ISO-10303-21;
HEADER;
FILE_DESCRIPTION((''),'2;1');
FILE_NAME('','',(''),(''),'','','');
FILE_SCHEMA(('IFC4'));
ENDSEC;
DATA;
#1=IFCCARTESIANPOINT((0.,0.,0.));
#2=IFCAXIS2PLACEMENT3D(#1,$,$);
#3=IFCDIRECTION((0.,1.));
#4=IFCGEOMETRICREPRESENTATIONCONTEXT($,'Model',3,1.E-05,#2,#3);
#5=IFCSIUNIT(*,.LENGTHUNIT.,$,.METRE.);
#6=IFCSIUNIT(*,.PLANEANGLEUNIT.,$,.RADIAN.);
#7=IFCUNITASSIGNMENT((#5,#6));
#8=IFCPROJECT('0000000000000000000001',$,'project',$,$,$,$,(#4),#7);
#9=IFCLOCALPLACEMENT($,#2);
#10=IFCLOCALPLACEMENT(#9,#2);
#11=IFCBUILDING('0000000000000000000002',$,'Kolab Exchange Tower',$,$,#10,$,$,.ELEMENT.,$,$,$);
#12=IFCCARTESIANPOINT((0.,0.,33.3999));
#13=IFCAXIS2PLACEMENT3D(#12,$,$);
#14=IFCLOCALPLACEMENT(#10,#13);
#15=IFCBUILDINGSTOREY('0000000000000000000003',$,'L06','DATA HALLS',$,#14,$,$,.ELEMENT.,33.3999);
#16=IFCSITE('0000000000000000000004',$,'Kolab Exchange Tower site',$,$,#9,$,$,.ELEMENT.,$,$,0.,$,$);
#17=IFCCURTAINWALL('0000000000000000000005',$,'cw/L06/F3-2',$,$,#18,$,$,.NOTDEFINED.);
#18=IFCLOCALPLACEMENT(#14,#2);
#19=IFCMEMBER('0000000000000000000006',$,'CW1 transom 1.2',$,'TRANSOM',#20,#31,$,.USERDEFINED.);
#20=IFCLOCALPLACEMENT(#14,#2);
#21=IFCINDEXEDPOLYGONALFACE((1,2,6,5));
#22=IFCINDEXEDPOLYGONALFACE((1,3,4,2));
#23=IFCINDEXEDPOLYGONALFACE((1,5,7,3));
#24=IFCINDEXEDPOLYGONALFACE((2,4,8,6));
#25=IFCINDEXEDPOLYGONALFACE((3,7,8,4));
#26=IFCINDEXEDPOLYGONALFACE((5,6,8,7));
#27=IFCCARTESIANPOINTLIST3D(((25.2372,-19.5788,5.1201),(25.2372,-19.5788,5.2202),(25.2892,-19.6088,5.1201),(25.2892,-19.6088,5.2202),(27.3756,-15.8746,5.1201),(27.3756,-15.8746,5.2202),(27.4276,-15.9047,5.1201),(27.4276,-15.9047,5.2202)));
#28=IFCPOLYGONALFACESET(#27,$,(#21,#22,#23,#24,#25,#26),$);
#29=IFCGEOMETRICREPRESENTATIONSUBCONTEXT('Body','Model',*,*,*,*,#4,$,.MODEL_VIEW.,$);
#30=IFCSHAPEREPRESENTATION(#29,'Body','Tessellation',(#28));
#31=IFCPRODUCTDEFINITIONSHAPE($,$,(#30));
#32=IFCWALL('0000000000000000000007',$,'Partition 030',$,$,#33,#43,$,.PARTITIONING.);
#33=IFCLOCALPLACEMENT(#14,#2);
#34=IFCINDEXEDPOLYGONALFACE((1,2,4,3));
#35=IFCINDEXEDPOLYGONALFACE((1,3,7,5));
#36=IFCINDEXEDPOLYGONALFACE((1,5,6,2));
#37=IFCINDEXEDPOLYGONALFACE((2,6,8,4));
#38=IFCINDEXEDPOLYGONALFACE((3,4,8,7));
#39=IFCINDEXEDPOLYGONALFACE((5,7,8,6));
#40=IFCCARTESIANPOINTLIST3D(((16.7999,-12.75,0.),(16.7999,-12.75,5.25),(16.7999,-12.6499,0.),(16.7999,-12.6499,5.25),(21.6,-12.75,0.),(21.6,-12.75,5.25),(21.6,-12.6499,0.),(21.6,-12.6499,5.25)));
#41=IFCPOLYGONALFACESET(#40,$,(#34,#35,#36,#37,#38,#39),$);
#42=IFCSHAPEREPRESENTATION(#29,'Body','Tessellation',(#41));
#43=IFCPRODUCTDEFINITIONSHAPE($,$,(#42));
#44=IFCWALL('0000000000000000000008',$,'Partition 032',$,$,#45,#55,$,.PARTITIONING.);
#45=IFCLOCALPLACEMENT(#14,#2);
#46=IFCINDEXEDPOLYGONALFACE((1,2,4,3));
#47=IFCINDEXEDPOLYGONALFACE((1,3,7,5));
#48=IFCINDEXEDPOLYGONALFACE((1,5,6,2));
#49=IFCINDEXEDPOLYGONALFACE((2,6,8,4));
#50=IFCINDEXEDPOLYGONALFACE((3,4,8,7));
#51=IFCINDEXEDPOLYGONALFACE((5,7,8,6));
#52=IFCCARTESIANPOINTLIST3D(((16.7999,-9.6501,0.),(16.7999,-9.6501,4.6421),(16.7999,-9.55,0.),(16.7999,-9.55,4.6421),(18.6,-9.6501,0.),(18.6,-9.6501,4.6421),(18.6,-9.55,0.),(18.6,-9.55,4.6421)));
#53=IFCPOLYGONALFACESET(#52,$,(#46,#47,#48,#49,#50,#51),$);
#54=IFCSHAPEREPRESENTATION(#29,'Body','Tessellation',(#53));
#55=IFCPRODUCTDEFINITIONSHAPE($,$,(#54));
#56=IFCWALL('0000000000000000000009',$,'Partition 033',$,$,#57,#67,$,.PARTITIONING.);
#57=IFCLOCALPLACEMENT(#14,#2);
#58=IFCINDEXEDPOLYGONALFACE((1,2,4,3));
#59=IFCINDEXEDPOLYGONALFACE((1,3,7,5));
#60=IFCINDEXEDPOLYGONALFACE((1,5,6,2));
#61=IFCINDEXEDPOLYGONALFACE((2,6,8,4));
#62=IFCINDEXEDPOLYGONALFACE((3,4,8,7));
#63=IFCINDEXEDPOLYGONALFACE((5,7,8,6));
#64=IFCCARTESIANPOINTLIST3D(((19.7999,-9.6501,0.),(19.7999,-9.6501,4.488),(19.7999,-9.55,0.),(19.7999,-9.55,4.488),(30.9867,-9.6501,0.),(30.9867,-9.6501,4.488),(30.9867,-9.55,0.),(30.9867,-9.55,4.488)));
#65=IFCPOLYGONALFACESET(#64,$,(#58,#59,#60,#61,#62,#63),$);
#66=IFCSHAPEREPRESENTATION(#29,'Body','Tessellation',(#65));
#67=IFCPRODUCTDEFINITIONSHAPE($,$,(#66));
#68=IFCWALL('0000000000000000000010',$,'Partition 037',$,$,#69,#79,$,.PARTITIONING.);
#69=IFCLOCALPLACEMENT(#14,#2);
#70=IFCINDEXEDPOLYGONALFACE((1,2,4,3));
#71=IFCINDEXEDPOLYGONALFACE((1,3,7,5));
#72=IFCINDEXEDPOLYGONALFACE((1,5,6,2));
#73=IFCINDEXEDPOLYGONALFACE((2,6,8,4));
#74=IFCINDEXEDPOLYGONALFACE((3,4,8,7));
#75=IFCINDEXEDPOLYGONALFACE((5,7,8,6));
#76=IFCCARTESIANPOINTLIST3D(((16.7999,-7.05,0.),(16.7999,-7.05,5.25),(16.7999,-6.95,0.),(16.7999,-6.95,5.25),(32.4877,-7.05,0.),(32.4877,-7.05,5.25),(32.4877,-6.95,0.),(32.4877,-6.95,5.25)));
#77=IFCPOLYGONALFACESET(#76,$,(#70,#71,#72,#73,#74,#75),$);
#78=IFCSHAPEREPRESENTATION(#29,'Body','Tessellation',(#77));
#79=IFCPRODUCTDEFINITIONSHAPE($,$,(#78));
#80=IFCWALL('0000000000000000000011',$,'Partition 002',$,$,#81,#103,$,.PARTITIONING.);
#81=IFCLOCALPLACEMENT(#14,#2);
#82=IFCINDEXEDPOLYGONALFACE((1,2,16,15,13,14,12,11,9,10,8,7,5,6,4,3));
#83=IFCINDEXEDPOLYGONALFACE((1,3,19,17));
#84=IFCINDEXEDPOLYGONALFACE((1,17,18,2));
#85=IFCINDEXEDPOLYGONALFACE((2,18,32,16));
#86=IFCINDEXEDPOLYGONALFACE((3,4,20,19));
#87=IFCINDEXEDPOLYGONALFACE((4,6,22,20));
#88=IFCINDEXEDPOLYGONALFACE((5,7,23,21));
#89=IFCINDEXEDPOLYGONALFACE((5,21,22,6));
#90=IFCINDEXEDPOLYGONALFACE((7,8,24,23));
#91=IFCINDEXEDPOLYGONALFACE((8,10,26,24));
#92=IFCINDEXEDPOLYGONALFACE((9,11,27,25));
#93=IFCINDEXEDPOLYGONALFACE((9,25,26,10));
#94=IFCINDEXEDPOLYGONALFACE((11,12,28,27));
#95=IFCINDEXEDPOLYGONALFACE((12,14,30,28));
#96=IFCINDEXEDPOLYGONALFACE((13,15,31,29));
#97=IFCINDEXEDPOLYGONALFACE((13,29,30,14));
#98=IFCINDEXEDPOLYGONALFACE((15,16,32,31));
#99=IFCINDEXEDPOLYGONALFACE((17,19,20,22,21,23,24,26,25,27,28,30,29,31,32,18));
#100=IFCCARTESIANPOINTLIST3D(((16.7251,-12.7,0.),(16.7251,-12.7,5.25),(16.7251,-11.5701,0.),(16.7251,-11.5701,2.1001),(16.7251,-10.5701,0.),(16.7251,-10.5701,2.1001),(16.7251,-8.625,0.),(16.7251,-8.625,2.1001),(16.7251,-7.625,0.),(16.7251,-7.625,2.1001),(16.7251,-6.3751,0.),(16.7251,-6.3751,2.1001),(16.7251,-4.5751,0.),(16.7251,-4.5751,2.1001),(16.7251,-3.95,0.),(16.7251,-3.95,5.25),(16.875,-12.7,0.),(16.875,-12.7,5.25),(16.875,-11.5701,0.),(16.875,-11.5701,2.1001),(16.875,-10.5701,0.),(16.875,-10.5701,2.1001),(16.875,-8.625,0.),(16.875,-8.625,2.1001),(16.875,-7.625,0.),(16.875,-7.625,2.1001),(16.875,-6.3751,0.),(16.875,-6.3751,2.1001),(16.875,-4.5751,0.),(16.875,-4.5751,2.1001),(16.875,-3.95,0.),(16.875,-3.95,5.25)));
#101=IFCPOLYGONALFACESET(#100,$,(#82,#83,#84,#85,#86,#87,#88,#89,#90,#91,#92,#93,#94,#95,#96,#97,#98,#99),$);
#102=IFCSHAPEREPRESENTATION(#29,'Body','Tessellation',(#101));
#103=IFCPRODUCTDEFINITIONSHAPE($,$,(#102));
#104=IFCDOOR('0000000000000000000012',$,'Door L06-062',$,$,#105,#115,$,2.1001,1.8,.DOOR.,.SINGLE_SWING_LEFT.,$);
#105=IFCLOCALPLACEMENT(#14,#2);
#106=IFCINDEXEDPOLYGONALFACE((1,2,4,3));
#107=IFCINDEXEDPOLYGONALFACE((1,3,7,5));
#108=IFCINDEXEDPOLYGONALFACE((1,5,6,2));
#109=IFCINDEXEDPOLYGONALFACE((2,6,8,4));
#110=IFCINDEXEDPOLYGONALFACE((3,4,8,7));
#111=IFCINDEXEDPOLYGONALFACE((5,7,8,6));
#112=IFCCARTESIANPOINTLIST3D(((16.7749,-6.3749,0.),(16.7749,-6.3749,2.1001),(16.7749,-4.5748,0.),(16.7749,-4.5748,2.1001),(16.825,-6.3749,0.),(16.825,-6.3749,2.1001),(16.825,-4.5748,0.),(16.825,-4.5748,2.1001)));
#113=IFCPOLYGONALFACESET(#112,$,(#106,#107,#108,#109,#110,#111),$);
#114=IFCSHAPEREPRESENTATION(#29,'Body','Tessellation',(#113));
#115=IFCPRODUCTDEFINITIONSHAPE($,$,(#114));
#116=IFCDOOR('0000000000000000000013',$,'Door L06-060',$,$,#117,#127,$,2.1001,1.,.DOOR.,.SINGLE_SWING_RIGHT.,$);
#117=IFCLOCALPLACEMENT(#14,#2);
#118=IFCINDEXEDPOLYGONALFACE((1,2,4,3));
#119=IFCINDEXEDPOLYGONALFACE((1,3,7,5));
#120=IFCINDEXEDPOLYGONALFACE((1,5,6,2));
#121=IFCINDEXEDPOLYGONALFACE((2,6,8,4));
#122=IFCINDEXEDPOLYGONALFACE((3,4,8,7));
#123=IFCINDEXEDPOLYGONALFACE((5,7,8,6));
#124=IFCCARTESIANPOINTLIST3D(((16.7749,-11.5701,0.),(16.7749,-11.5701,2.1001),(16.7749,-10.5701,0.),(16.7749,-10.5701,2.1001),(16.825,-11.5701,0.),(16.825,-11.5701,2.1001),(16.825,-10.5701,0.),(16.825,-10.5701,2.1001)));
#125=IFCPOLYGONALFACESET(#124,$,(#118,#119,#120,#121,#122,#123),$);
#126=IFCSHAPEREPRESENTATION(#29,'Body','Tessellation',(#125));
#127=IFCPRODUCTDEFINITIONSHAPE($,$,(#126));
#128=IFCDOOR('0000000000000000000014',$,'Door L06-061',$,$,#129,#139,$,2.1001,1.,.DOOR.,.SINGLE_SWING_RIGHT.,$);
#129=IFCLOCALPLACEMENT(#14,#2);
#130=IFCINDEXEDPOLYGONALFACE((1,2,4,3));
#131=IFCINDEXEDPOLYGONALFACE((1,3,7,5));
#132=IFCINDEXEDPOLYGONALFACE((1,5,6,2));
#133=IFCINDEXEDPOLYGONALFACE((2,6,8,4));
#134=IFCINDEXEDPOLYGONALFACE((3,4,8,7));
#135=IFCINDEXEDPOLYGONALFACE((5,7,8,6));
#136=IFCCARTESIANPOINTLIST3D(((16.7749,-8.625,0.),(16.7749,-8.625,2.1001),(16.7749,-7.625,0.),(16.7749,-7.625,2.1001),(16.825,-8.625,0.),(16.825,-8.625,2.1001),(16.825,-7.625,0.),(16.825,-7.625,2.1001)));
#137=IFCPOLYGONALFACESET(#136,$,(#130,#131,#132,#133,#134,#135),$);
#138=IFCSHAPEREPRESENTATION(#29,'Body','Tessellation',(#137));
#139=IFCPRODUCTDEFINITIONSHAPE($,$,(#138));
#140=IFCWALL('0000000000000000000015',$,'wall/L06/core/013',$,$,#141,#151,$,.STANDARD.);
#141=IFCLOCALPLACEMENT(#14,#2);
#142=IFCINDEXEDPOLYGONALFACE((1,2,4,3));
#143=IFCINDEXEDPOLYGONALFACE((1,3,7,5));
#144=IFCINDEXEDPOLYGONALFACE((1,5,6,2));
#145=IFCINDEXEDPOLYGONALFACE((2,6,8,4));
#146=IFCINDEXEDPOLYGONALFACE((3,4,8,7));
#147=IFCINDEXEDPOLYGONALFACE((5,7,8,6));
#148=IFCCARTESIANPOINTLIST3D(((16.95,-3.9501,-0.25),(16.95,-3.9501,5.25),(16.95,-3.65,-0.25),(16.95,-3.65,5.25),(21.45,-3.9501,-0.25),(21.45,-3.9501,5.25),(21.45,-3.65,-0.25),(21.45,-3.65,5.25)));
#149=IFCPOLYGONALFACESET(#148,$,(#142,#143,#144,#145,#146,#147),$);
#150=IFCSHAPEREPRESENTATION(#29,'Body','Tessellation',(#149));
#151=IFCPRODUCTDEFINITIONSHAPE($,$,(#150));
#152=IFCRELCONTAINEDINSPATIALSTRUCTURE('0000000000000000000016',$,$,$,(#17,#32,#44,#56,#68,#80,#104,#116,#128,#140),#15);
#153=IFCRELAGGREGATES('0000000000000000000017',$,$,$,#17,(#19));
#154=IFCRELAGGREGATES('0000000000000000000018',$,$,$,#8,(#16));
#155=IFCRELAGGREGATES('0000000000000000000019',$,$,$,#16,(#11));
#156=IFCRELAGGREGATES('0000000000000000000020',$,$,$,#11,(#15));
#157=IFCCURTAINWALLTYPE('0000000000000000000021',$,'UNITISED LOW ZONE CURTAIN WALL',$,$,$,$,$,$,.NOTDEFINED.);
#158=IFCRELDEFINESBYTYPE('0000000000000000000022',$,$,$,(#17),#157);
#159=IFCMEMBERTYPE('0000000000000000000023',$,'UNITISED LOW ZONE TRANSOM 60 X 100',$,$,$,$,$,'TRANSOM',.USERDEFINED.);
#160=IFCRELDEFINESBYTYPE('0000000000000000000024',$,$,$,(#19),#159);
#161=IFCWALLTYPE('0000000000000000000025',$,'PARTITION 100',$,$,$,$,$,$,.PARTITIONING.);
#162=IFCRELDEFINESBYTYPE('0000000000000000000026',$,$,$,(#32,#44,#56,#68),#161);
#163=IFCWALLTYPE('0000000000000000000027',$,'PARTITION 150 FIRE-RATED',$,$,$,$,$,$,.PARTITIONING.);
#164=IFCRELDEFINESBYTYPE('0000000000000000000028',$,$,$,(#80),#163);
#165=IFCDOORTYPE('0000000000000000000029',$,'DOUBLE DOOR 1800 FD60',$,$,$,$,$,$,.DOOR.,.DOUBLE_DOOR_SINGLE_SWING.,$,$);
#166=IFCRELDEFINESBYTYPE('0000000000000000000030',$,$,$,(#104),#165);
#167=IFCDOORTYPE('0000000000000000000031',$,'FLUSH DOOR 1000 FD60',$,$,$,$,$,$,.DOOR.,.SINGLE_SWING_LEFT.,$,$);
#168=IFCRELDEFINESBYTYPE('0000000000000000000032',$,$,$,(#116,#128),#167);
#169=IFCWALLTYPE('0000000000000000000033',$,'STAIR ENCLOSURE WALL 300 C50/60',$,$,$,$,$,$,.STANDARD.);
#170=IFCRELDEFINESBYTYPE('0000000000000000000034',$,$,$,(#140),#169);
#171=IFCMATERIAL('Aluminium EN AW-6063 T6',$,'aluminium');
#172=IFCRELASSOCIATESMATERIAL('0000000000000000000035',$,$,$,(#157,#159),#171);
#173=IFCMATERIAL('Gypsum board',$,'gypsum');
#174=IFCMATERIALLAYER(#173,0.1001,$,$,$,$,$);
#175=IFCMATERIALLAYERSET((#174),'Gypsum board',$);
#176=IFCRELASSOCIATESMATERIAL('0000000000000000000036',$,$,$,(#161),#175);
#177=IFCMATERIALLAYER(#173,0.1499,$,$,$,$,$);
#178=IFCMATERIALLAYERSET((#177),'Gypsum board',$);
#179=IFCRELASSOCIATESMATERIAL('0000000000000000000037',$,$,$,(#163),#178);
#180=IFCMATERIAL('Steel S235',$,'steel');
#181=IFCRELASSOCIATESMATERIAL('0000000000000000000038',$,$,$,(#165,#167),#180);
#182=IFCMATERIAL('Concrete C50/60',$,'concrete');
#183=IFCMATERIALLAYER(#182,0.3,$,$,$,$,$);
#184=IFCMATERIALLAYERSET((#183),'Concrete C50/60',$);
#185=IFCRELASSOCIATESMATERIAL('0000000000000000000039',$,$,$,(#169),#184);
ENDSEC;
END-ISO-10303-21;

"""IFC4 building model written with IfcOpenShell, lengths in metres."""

from ifc_helpers import new_model, si_unit, direction, frame, frame_2d, origin, origin_2d, place, context, subcontext, project, spatial, rectangle, extrude, material, layer, layer_set, material_profile, profile_set, type_object, element, fill, aggregate, save


model = new_model("IFC4")

# Units and contexts
model_context = context("Model", 3, precision=1e-05, world=origin(), true_north=direction((0.0, 1.0)))
body_context = subcontext(model_context, "Body", "Model", "MODEL_VIEW")
ifc_project = project(units=[si_unit("LENGTHUNIT", "METRE"), si_unit("PLANEANGLEUNIT", "RADIAN")], contexts=[model_context])

# Site, building, storey
site_placement = place(None, origin())
site = spatial("IfcSite", under=ifc_project, at=site_placement, Name="Kolab Exchange Tower site", CompositionType="ELEMENT", RefElevation=0.0)
building_placement = place(site_placement, origin())
building = spatial("IfcBuilding", under=site, at=building_placement, Name="Kolab Exchange Tower", CompositionType="ELEMENT")
storey_placement = place(building_placement, frame((0.0, 0.0, 33.3999)))
storey = spatial("IfcBuildingStorey", under=building, at=storey_placement, Name="L06", Description="DATA HALLS", CompositionType="ELEMENT", Elevation=33.3999)

# Shared definitions
ifc_material_1 = material(Name="Aluminium EN AW-6063 T6", Category="aluminium")
curtain_wall_type = type_object("IfcCurtainWallType", Name="UNITISED LOW ZONE CURTAIN WALL", PredefinedType="NOTDEFINED", material=ifc_material_1)

# Curtain wall, member
curtain_wall_1_placement = place(storey_placement, origin())
curtain_wall_1 = element("IfcCurtainWall", 1, at=curtain_wall_1_placement, inside=storey, type_object=curtain_wall_type, Name="cw/L06/F3-2", PredefinedType="NOTDEFINED")
ifc_material_profile_1 = material_profile(ifc_material_1, rectangle(XDim=0.0601, YDim=0.1001, at=origin_2d()), Name="RECT 60X100")
ifc_profile_set_1 = profile_set([ifc_material_profile_1], Name="Aluminium EN AW-6063 T6")
member_type_1 = type_object("IfcMemberType", Name="UNITISED LOW ZONE TRANSOM 60 X 100", ElementType="TRANSOM", PredefinedType="USERDEFINED", material=ifc_profile_set_1)
member_1_placement = place(storey_placement, frame((27.4016, -15.8896, 5.1702), z_axis=(-0.499976, -0.866039, 0.0), x_axis=(0.866039, -0.499976, 0.0)))
member_1 = element("IfcMember", 2, at=member_1_placement, type_object=member_type_1, Name="CW1 transom 1.2", ObjectType="TRANSOM", PredefinedType="USERDEFINED", context=body_context, shape_type="SweptSolid", body=[
    extrude(rectangle(XDim=0.0601, YDim=0.1001, at=origin_2d()), origin(), (0.0, 0.0, 1.0), 4.2771),
])
aggregate(curtain_wall_1, [member_1])

# Walls
ifc_material_2 = material(Name="Gypsum board", Category="gypsum")
ifc_layer_1 = layer(ifc_material_2, 0.1001)
ifc_layer_set_1 = layer_set([ifc_layer_1], Name="Gypsum board")
wall_type_1 = type_object("IfcWallType", Name="PARTITION 100", PredefinedType="PARTITIONING", material=ifc_layer_set_1)
wall_1_placement = place(storey_placement, frame((16.8, -12.7, 0.0), z_axis=(0.0, 0.0, 1.0), x_axis=(1.0, 0.0, 0.0)))
element("IfcWall", 3, at=wall_1_placement, inside=storey, type_object=wall_type_1, Name="Partition 030", PredefinedType="PARTITIONING", context=body_context, shape_type="SweptSolid", body=[
    extrude(rectangle(XDim=4.8, YDim=0.1001, at=frame_2d((2.3999, 0.0))), origin(), (0.0, 0.0, 1.0), 5.25),
])
wall_2_placement = place(storey_placement, frame((16.8, -9.6001, 0.0), z_axis=(0.0, 0.0, 1.0), x_axis=(1.0, 0.0, 0.0)))
element("IfcWall", 4, at=wall_2_placement, inside=storey, type_object=wall_type_1, Name="Partition 032", PredefinedType="PARTITIONING", context=body_context, shape_type="SweptSolid", body=[
    extrude(rectangle(XDim=1.8, YDim=0.1001, at=frame_2d((0.8999, 0.0))), origin(), (0.0, 0.0, 1.0), 4.6421),
])
wall_3_placement = place(storey_placement, frame((19.8, -9.6001, 0.0), z_axis=(0.0, 0.0, 1.0), x_axis=(1.0, 0.0, 0.0)))
element("IfcWall", 5, at=wall_3_placement, inside=storey, type_object=wall_type_1, Name="Partition 033", PredefinedType="PARTITIONING", context=body_context, shape_type="SweptSolid", body=[
    extrude(rectangle(XDim=11.1868, YDim=0.1001, at=frame_2d((5.5933, 0.0))), origin(), (0.0, 0.0, 1.0), 4.488),
])
wall_4_placement = place(storey_placement, frame((16.8, -7.0, 0.0), z_axis=(0.0, 0.0, 1.0), x_axis=(1.0, 0.0, 0.0)))
element("IfcWall", 6, at=wall_4_placement, inside=storey, type_object=wall_type_1, Name="Partition 037", PredefinedType="PARTITIONING", context=body_context, shape_type="SweptSolid", body=[
    extrude(rectangle(XDim=15.6877, YDim=0.1001, at=frame_2d((7.8438, 0.0))), origin(), (0.0, 0.0, 1.0), 5.25),
])

# Wall, openings, doors
ifc_layer_2 = layer(ifc_material_2, 0.1499)
ifc_layer_set_2 = layer_set([ifc_layer_2], Name="Gypsum board")
wall_type_2 = type_object("IfcWallType", Name="PARTITION 150 FIRE-RATED", PredefinedType="PARTITIONING", material=ifc_layer_set_2)
wall_5_placement = place(storey_placement, frame((16.8, -12.7, 0.0), z_axis=(0.0, 0.0, 1.0), x_axis=(0.0, 1.0, 0.0)))
wall_5 = element("IfcWall", 7, at=wall_5_placement, inside=storey, type_object=wall_type_2, Name="Partition 002", PredefinedType="PARTITIONING", context=body_context, shape_type="SweptSolid", body=[
    extrude(rectangle(XDim=8.75, YDim=0.1499, at=frame_2d((4.375, 0.0))), origin(), (0.0, 0.0, 1.0), 5.25),
])
opening_1_placement = place(wall_5_placement, frame((1.1299, 0.0, 0.0)))
opening_1 = element("IfcOpeningElement", 8, at=opening_1_placement, cuts=wall_5, PredefinedType="OPENING", context=body_context, shape_type="SweptSolid", body=[
    extrude(rectangle(XDim=1.0, YDim=2.1001, at=frame_2d((0.5, 1.05))), frame((0.0, 0.085, 0.0), z_axis=(0.0, -1.0, 0.0), x_axis=(1.0, 0.0, 0.0)), (0.0, 0.0, 1.0), 0.1699),
])
opening_2_placement = place(wall_5_placement, frame((4.075, 0.0, 0.0)))
opening_2 = element("IfcOpeningElement", 9, at=opening_2_placement, cuts=wall_5, PredefinedType="OPENING", context=body_context, shape_type="SweptSolid", body=[
    extrude(rectangle(XDim=1.0, YDim=2.1001, at=frame_2d((0.5, 1.05))), frame((0.0, 0.085, 0.0), z_axis=(0.0, -1.0, 0.0), x_axis=(1.0, 0.0, 0.0)), (0.0, 0.0, 1.0), 0.1699),
])
opening_3_placement = place(wall_5_placement, frame((6.325, 0.0, 0.0)))
opening_3 = element("IfcOpeningElement", 10, at=opening_3_placement, cuts=wall_5, PredefinedType="OPENING", context=body_context, shape_type="SweptSolid", body=[
    extrude(rectangle(XDim=1.8, YDim=2.1001, at=frame_2d((0.8999, 1.05))), frame((0.0, 0.085, 0.0), z_axis=(0.0, -1.0, 0.0), x_axis=(1.0, 0.0, 0.0)), (0.0, 0.0, 1.0), 0.1699),
])
ifc_material_3 = material(Name="Steel S235", Category="steel")
door_type_1 = type_object("IfcDoorType", Name="DOUBLE DOOR 1800 FD60", OperationType="DOUBLE_DOOR_SINGLE_SWING", PredefinedType="DOOR", material=ifc_material_3)
door_1_placement = place(opening_3_placement, frame((1.8, 0.0, 0.0), z_axis=(0.0, 0.0, 1.0), x_axis=(-1.0, 0.0, 0.0)))
door_1 = element("IfcDoor", 11, at=door_1_placement, inside=storey, type_object=door_type_1, Name="Door L06-062", OperationType="SINGLE_SWING_LEFT", OverallHeight=2.1001, OverallWidth=1.8, PredefinedType="DOOR", context=body_context, shape_type="SweptSolid", body=[
    extrude(rectangle(XDim=1.8, YDim=2.1001, at=frame_2d((0.8999, 1.05))), frame((0.0, 0.0249, 0.0), z_axis=(0.0, -1.0, 0.0), x_axis=(1.0, 0.0, 0.0)), (0.0, 0.0, 1.0), 0.05),
])
fill(opening_3, door_1)
door_type_2 = type_object("IfcDoorType", Name="FLUSH DOOR 1000 FD60", OperationType="SINGLE_SWING_LEFT", PredefinedType="DOOR", material=ifc_material_3)
door_2_placement = place(opening_1_placement, frame((1.0, 0.0, 0.0), z_axis=(0.0, 0.0, 1.0), x_axis=(-1.0, 0.0, 0.0)))
door_2 = element("IfcDoor", 12, at=door_2_placement, inside=storey, type_object=door_type_2, Name="Door L06-060", OperationType="SINGLE_SWING_RIGHT", OverallHeight=2.1001, OverallWidth=1.0, PredefinedType="DOOR", context=body_context, shape_type="SweptSolid", body=[
    extrude(rectangle(XDim=1.0, YDim=2.1001, at=frame_2d((0.5, 1.05))), frame((0.0, 0.0249, 0.0), z_axis=(0.0, -1.0, 0.0), x_axis=(1.0, 0.0, 0.0)), (0.0, 0.0, 1.0), 0.05),
])
fill(opening_1, door_2)
door_3_placement = place(opening_2_placement, frame((1.0, 0.0, 0.0), z_axis=(0.0, 0.0, 1.0), x_axis=(-1.0, 0.0, 0.0)))
door_3 = element("IfcDoor", 13, at=door_3_placement, inside=storey, type_object=door_type_2, Name="Door L06-061", OperationType="SINGLE_SWING_RIGHT", OverallHeight=2.1001, OverallWidth=1.0, PredefinedType="DOOR", context=body_context, shape_type="SweptSolid", body=[
    extrude(rectangle(XDim=1.0, YDim=2.1001, at=frame_2d((0.5, 1.05))), frame((0.0, 0.0249, 0.0), z_axis=(0.0, -1.0, 0.0), x_axis=(1.0, 0.0, 0.0)), (0.0, 0.0, 1.0), 0.05),
])
fill(opening_2, door_3)

# Wall
ifc_material_4 = material(Name="Concrete C50/60", Category="concrete")
ifc_layer_3 = layer(ifc_material_4, 0.3)
ifc_layer_set_3 = layer_set([ifc_layer_3], Name="Concrete C50/60")
wall_type_3 = type_object("IfcWallType", Name="STAIR ENCLOSURE WALL 300 C50/60", PredefinedType="STANDARD", material=ifc_layer_set_3)
wall_6_placement = place(storey_placement, frame((16.95, -3.8, -0.25), z_axis=(0.0, 0.0, 1.0), x_axis=(1.0, 0.0, 0.0)))
element("IfcWall", 14, at=wall_6_placement, inside=storey, type_object=wall_type_3, Name="wall/L06/core/013", PredefinedType="STANDARD", context=body_context, shape_type="SweptSolid", body=[
    extrude(rectangle(XDim=4.5, YDim=0.3, at=frame_2d((2.25, 0.0))), origin(), (0.0, 0.0, 1.0), 5.5),
])

save(model, "model.ifc")
